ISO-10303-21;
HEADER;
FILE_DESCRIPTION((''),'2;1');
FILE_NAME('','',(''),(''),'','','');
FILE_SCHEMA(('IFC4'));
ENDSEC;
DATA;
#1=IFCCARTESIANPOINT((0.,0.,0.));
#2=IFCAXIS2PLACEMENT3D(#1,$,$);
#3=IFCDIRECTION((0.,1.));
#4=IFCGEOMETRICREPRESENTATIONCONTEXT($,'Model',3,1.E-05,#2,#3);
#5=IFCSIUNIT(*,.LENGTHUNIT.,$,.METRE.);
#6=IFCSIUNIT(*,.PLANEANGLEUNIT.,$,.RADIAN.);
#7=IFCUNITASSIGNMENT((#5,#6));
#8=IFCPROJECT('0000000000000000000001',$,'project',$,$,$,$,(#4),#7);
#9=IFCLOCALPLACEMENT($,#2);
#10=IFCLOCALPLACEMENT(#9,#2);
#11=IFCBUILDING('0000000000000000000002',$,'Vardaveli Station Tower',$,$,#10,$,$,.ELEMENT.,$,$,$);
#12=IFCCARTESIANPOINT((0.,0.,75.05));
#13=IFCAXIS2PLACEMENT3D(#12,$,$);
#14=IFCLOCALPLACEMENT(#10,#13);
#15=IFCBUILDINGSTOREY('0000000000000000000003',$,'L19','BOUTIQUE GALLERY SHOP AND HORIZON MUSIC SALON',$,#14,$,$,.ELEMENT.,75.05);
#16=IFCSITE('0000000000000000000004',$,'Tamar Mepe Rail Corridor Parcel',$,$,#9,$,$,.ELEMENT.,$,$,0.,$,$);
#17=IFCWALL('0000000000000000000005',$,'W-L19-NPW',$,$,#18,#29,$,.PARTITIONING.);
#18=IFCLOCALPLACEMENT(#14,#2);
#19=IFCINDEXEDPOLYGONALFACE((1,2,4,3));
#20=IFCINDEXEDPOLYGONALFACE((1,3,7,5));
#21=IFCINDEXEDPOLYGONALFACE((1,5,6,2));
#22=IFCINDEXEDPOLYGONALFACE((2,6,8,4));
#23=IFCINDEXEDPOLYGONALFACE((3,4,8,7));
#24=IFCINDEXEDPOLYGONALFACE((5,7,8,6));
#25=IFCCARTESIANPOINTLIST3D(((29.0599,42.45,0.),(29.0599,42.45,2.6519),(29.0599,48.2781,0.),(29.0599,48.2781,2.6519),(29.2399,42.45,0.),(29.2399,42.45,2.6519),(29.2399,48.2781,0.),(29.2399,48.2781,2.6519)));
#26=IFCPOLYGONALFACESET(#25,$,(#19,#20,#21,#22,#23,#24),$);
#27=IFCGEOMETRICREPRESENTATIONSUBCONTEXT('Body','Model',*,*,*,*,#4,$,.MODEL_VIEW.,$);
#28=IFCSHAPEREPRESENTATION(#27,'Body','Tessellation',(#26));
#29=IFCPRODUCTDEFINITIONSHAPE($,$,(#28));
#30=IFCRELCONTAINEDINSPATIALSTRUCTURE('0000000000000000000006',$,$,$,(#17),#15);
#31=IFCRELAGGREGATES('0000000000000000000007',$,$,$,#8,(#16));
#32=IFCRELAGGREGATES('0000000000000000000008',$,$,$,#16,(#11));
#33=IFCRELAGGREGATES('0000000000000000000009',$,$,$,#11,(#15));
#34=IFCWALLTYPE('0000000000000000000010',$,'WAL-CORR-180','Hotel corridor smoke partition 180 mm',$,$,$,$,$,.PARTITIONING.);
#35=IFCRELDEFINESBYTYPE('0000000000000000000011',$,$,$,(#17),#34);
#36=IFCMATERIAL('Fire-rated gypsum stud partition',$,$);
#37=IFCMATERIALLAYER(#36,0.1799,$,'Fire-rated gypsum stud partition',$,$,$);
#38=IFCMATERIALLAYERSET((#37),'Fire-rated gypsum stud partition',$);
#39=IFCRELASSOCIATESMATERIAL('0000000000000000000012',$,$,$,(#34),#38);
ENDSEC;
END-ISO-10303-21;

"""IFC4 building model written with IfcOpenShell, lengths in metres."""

from ifc_helpers import new_model, si_unit, direction, frame, frame_2d, origin, place, context, subcontext, project, spatial, rectangle, extrude, source, transform, mapped, material, layer, layer_set, type_object, element, save


model = new_model("IFC4")

# Units and contexts
model_context = context("Model", 3, precision=1e-05, world=origin(), true_north=direction((0.0, 1.0)))
body_context = subcontext(model_context, "Body", "Model", "MODEL_VIEW")
ifc_project = project(units=[si_unit("LENGTHUNIT", "METRE"), si_unit("PLANEANGLEUNIT", "RADIAN")], contexts=[model_context])

# Site, building, storey
site_placement = place(None, origin())
site = spatial("IfcSite", under=ifc_project, at=site_placement, Name="Tamar Mepe Rail Corridor Parcel", CompositionType="ELEMENT", RefElevation=0.0)
building_placement = place(site_placement, origin())
building = spatial("IfcBuilding", under=site, at=building_placement, Name="Vardaveli Station Tower", CompositionType="ELEMENT")
storey_placement = place(building_placement, frame((0.0, 0.0, 75.05)))
storey = spatial("IfcBuildingStorey", under=building, at=storey_placement, Name="L19", Description="BOUTIQUE GALLERY SHOP AND HORIZON MUSIC SALON", CompositionType="ELEMENT", Elevation=75.05)

# Shared definitions
ifc_material_1 = material(Name="Fire-rated gypsum stud partition")
ifc_layer_1 = layer(ifc_material_1, 0.1799, Name="Fire-rated gypsum stud partition")
ifc_layer_set_1 = layer_set([ifc_layer_1], Name="Fire-rated gypsum stud partition")
wall_type_1 = type_object("IfcWallType", Name="WAL-CORR-180", Description="Hotel corridor smoke partition 180 mm", PredefinedType="PARTITIONING", material=ifc_layer_set_1)

# Wall
shared_shape_1 = source(origin(), body_context, "Body", "SweptSolid", [
    extrude(rectangle(XDim=5.8281, YDim=0.1799, at=frame_2d((2.9141, 0.0))), origin(), (0.0, 0.0, 1.0), 2.6519),
])
wall_1_placement = place(storey_placement, frame((29.1499, 42.45, 0.0), z_axis=(0.0, 0.0, 1.0), x_axis=(0.0, 1.0, 0.0)))
element("IfcWall", 1, at=wall_1_placement, inside=storey, type_object=wall_type_1, Name="W-L19-NPW", PredefinedType="PARTITIONING", context=body_context, shape_type="MappedRepresentation", body=[
    mapped(shared_shape_1, transform((0.0, 0.0, 0.0), scale=1.0)),
])

save(model, "model.ifc")
